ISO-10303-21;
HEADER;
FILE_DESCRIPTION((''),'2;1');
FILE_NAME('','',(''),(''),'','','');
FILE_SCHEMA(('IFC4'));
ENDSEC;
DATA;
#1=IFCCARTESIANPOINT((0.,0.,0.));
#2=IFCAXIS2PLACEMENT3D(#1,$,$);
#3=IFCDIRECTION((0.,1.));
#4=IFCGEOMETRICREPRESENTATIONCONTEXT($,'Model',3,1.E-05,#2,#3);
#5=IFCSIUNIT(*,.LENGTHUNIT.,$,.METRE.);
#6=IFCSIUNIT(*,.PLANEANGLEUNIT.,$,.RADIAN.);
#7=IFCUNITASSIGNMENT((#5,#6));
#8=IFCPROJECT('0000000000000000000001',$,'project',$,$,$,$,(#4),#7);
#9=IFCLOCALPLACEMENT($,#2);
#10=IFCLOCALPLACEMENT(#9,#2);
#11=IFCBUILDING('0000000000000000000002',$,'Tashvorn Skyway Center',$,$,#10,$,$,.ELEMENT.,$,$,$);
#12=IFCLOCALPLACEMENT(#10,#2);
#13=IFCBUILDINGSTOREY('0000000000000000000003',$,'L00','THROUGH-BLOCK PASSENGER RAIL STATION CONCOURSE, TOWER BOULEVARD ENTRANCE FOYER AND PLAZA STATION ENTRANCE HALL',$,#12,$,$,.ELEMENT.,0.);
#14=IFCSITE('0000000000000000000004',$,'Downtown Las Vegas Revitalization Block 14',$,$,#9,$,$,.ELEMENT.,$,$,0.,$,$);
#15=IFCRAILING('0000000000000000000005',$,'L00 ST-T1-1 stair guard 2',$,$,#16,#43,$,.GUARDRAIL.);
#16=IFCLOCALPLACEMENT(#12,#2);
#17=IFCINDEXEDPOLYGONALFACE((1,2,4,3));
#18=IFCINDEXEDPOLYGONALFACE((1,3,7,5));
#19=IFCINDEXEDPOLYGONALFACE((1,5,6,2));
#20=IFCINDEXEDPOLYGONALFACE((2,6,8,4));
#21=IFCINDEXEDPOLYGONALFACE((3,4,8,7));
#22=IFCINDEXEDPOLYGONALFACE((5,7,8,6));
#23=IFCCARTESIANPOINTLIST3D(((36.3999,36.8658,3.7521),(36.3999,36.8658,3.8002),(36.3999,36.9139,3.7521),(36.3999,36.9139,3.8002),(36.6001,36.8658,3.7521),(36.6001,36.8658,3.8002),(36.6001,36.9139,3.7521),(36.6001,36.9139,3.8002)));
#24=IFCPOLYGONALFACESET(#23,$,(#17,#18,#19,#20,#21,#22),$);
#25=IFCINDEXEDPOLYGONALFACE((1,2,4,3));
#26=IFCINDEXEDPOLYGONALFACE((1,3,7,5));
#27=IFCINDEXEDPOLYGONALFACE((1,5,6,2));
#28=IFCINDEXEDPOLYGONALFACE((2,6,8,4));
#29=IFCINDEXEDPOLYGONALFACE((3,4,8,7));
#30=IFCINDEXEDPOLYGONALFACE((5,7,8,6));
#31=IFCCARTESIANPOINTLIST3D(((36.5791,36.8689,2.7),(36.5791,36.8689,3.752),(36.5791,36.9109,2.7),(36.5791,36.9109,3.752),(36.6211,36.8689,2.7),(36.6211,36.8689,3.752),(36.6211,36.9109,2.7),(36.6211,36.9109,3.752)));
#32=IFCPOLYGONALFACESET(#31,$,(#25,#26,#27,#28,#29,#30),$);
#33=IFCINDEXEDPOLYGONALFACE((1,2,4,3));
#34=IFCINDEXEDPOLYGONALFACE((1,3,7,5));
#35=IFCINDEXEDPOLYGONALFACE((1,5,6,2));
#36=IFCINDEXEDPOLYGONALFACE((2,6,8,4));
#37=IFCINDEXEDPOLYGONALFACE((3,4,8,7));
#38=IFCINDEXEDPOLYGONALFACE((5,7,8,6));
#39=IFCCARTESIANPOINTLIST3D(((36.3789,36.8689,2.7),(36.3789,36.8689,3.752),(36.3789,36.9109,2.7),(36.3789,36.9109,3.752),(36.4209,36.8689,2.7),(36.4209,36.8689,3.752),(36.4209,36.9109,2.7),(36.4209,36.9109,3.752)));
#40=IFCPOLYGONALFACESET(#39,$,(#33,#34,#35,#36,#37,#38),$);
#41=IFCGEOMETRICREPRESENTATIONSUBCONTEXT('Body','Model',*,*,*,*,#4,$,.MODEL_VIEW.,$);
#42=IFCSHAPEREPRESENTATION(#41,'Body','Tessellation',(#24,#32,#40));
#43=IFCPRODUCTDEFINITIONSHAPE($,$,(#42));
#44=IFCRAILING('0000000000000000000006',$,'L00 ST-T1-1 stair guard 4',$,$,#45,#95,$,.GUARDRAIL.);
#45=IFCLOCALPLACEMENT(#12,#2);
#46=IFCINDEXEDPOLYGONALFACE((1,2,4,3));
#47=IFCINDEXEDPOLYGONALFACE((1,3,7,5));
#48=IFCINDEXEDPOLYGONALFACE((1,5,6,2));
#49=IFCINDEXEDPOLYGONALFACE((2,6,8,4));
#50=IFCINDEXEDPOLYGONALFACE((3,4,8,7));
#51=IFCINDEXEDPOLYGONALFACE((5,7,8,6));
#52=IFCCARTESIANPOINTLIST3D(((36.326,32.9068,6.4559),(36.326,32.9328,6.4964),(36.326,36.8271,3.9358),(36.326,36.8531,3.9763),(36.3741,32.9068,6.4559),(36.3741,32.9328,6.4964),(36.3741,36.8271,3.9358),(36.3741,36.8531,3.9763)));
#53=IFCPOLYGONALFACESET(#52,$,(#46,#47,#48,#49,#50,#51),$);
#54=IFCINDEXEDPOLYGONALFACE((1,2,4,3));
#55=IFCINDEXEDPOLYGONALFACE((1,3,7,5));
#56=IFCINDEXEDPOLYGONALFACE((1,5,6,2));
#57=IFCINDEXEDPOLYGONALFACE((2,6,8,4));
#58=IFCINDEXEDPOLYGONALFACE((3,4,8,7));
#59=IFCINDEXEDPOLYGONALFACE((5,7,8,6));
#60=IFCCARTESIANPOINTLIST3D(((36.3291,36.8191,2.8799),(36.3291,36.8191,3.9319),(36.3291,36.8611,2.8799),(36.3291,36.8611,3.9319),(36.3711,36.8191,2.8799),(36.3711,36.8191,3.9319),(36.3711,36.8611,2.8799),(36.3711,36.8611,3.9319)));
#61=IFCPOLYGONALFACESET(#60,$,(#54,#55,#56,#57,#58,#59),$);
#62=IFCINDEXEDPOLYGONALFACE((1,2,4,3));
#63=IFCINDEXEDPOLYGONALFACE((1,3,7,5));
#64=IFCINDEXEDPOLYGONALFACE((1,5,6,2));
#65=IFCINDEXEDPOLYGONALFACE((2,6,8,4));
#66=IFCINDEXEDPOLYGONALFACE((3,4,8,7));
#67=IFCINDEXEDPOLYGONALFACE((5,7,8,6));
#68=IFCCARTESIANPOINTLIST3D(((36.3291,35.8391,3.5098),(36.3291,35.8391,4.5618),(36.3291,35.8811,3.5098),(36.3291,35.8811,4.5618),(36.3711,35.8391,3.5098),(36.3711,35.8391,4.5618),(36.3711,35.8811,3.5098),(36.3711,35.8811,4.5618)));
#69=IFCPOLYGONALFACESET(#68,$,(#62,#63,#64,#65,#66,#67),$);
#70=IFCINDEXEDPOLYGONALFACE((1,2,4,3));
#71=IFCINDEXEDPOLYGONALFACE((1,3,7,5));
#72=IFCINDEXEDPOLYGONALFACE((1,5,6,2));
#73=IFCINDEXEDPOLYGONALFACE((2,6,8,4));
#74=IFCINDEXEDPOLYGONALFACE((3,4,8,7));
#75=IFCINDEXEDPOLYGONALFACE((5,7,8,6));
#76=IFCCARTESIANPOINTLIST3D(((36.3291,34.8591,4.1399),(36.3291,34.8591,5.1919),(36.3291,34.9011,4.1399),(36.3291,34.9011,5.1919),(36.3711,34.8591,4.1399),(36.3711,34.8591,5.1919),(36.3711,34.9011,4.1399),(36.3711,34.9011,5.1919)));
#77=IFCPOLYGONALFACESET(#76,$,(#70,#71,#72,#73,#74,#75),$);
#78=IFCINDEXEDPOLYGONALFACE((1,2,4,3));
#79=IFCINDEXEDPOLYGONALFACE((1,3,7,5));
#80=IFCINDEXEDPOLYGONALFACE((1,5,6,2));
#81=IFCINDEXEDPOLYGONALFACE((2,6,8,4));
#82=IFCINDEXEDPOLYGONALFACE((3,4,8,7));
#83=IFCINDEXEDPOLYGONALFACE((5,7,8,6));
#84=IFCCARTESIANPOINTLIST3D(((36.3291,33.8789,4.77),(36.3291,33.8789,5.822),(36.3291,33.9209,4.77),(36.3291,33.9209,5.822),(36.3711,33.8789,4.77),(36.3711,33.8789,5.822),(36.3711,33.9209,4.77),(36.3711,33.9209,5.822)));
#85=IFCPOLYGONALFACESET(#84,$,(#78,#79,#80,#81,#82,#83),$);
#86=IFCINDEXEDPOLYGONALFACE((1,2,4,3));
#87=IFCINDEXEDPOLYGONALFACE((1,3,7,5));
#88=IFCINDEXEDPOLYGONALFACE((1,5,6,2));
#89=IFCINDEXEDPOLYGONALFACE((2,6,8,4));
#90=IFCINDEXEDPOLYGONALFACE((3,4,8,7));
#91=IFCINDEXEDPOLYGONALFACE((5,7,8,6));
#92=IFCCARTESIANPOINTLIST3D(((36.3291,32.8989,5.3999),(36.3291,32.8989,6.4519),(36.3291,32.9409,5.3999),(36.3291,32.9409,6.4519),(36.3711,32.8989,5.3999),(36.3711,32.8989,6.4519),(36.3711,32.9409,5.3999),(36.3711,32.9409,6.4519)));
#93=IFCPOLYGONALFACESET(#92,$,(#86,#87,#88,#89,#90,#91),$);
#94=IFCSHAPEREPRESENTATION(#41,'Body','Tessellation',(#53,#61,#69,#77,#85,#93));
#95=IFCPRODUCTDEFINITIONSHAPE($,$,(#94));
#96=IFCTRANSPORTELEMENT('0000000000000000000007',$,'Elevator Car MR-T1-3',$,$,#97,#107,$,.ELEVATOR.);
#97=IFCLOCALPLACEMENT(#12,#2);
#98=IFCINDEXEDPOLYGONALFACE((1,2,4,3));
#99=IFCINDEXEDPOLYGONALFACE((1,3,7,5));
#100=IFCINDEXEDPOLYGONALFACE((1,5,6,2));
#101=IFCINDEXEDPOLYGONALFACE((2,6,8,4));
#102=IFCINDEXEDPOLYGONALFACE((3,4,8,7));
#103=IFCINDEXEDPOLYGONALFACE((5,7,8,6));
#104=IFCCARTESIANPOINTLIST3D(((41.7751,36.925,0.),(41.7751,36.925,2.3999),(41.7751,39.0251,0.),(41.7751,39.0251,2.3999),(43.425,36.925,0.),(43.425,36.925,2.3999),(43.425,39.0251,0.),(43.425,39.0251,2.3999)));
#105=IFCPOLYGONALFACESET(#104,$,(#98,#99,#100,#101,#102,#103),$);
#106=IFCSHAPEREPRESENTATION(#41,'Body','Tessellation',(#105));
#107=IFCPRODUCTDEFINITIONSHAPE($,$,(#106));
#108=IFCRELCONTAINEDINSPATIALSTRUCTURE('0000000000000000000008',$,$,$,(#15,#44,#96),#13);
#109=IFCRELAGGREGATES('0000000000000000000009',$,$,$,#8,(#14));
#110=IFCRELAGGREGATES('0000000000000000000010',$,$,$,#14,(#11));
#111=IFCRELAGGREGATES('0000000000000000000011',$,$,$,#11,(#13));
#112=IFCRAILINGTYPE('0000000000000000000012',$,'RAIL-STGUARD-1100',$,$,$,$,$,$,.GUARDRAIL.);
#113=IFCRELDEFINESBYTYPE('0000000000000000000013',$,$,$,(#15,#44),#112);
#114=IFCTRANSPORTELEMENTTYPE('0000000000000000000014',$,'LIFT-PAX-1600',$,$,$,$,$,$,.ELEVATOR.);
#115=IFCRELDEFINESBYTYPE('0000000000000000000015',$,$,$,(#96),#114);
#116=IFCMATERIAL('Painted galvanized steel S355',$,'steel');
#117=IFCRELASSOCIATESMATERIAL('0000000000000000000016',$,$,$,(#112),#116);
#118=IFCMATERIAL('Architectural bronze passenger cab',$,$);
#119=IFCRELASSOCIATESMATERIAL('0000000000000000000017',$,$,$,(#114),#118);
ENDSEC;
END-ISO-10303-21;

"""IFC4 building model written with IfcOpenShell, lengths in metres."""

from ifc_helpers import new_model, si_unit, direction, frame, origin, origin_2d, place, context, subcontext, project, spatial, rectangle, extrude, material, type_object, element, save


model = new_model("IFC4")

# Units and contexts
model_context = context("Model", 3, precision=1e-05, world=origin(), true_north=direction((0.0, 1.0)))
body_context = subcontext(model_context, "Body", "Model", "MODEL_VIEW")
ifc_project = project(units=[si_unit("LENGTHUNIT", "METRE"), si_unit("PLANEANGLEUNIT", "RADIAN")], contexts=[model_context])

# Site, building, storey
site_placement = place(None, origin())
site = spatial("IfcSite", under=ifc_project, at=site_placement, Name="Downtown Las Vegas Revitalization Block 14", CompositionType="ELEMENT", RefElevation=0.0)
building_placement = place(site_placement, origin())
building = spatial("IfcBuilding", under=site, at=building_placement, Name="Tashvorn Skyway Center", CompositionType="ELEMENT")
storey_placement = place(building_placement, origin())
storey = spatial("IfcBuildingStorey", under=building, at=storey_placement, Name="L00", Description="THROUGH-BLOCK PASSENGER RAIL STATION CONCOURSE, TOWER BOULEVARD ENTRANCE FOYER AND PLAZA STATION ENTRANCE HALL", CompositionType="ELEMENT", Elevation=0.0)

# Railings
ifc_material_1 = material(Name="Painted galvanized steel S355", Category="steel")
railing_type = type_object("IfcRailingType", Name="RAIL-STGUARD-1100", PredefinedType="GUARDRAIL", material=ifc_material_1)
railing_1_placement = place(storey_placement, frame((36.6001, 36.8899, 2.7)))
element("IfcRailing", 1, at=railing_1_placement, inside=storey, type_object=railing_type, Name="L00 ST-T1-1 stair guard 2", PredefinedType="GUARDRAIL", context=body_context, shape_type="SweptSolid", body=[
    extrude(rectangle(XDim=0.0481, YDim=0.0481, at=origin_2d()), frame((0.0, 0.0, 1.0762), z_axis=(-1.0, 0.0, 0.0), x_axis=(0.0, -1.0, 0.0)), (0.0, 0.0, 1.0), 0.2002),
    extrude(rectangle(XDim=0.042, YDim=0.042, at=origin_2d()), origin(), (0.0, 0.0, 1.0), 1.052),
    extrude(rectangle(XDim=0.042, YDim=0.042, at=origin_2d()), frame((-0.2002, 0.0, 0.0)), (0.0, 0.0, 1.0), 1.052),
])
railing_2_placement = place(storey_placement, frame((36.3501, 36.8401, 2.8799)))
element("IfcRailing", 2, at=railing_2_placement, inside=storey, type_object=railing_type, Name="L00 ST-T1-1 stair guard 4", PredefinedType="GUARDRAIL", context=body_context, shape_type="SweptSolid", body=[
    extrude(rectangle(XDim=0.0481, YDim=0.0481, at=origin_2d()), frame((0.0, 0.0, 1.0762), z_axis=(0.0, -0.841187, 0.540744), x_axis=(1.0, 0.0, 0.0)), (0.0, 0.0, 1.0), 4.6604),
    extrude(rectangle(XDim=0.042, YDim=0.042, at=origin_2d()), origin(), (0.0, 0.0, 1.0), 1.052),
    extrude(rectangle(XDim=0.042, YDim=0.042, at=origin_2d()), frame((0.0, -0.98, 0.6299)), (0.0, 0.0, 1.0), 1.052),
    extrude(rectangle(XDim=0.042, YDim=0.042, at=origin_2d()), frame((0.0, -1.96, 1.26)), (0.0, 0.0, 1.0), 1.052),
    extrude(rectangle(XDim=0.042, YDim=0.042, at=origin_2d()), frame((0.0, -2.9402, 1.8901)), (0.0, 0.0, 1.0), 1.052),
    extrude(rectangle(XDim=0.042, YDim=0.042, at=origin_2d()), frame((0.0, -3.9202, 2.52)), (0.0, 0.0, 1.0), 1.052),
])

# Transport element
ifc_material_2 = material(Name="Architectural bronze passenger cab")
transport_element_type = type_object("IfcTransportElementType", Name="LIFT-PAX-1600", PredefinedType="ELEVATOR", material=ifc_material_2)
transport_element_placement = place(storey_placement, frame((42.6001, 37.9751, 0.0), z_axis=(0.0, 0.0, 1.0), x_axis=(1.0, 0.0, 0.0)))
element("IfcTransportElement", 3, at=transport_element_placement, inside=storey, type_object=transport_element_type, Name="Elevator Car MR-T1-3", PredefinedType="ELEVATOR", context=body_context, shape_type="SweptSolid", body=[
    extrude(rectangle(XDim=1.6499, YDim=2.1001, at=origin_2d()), origin(), (0.0, 0.0, 1.0), 2.3999),
])

save(model, "model.ifc")
